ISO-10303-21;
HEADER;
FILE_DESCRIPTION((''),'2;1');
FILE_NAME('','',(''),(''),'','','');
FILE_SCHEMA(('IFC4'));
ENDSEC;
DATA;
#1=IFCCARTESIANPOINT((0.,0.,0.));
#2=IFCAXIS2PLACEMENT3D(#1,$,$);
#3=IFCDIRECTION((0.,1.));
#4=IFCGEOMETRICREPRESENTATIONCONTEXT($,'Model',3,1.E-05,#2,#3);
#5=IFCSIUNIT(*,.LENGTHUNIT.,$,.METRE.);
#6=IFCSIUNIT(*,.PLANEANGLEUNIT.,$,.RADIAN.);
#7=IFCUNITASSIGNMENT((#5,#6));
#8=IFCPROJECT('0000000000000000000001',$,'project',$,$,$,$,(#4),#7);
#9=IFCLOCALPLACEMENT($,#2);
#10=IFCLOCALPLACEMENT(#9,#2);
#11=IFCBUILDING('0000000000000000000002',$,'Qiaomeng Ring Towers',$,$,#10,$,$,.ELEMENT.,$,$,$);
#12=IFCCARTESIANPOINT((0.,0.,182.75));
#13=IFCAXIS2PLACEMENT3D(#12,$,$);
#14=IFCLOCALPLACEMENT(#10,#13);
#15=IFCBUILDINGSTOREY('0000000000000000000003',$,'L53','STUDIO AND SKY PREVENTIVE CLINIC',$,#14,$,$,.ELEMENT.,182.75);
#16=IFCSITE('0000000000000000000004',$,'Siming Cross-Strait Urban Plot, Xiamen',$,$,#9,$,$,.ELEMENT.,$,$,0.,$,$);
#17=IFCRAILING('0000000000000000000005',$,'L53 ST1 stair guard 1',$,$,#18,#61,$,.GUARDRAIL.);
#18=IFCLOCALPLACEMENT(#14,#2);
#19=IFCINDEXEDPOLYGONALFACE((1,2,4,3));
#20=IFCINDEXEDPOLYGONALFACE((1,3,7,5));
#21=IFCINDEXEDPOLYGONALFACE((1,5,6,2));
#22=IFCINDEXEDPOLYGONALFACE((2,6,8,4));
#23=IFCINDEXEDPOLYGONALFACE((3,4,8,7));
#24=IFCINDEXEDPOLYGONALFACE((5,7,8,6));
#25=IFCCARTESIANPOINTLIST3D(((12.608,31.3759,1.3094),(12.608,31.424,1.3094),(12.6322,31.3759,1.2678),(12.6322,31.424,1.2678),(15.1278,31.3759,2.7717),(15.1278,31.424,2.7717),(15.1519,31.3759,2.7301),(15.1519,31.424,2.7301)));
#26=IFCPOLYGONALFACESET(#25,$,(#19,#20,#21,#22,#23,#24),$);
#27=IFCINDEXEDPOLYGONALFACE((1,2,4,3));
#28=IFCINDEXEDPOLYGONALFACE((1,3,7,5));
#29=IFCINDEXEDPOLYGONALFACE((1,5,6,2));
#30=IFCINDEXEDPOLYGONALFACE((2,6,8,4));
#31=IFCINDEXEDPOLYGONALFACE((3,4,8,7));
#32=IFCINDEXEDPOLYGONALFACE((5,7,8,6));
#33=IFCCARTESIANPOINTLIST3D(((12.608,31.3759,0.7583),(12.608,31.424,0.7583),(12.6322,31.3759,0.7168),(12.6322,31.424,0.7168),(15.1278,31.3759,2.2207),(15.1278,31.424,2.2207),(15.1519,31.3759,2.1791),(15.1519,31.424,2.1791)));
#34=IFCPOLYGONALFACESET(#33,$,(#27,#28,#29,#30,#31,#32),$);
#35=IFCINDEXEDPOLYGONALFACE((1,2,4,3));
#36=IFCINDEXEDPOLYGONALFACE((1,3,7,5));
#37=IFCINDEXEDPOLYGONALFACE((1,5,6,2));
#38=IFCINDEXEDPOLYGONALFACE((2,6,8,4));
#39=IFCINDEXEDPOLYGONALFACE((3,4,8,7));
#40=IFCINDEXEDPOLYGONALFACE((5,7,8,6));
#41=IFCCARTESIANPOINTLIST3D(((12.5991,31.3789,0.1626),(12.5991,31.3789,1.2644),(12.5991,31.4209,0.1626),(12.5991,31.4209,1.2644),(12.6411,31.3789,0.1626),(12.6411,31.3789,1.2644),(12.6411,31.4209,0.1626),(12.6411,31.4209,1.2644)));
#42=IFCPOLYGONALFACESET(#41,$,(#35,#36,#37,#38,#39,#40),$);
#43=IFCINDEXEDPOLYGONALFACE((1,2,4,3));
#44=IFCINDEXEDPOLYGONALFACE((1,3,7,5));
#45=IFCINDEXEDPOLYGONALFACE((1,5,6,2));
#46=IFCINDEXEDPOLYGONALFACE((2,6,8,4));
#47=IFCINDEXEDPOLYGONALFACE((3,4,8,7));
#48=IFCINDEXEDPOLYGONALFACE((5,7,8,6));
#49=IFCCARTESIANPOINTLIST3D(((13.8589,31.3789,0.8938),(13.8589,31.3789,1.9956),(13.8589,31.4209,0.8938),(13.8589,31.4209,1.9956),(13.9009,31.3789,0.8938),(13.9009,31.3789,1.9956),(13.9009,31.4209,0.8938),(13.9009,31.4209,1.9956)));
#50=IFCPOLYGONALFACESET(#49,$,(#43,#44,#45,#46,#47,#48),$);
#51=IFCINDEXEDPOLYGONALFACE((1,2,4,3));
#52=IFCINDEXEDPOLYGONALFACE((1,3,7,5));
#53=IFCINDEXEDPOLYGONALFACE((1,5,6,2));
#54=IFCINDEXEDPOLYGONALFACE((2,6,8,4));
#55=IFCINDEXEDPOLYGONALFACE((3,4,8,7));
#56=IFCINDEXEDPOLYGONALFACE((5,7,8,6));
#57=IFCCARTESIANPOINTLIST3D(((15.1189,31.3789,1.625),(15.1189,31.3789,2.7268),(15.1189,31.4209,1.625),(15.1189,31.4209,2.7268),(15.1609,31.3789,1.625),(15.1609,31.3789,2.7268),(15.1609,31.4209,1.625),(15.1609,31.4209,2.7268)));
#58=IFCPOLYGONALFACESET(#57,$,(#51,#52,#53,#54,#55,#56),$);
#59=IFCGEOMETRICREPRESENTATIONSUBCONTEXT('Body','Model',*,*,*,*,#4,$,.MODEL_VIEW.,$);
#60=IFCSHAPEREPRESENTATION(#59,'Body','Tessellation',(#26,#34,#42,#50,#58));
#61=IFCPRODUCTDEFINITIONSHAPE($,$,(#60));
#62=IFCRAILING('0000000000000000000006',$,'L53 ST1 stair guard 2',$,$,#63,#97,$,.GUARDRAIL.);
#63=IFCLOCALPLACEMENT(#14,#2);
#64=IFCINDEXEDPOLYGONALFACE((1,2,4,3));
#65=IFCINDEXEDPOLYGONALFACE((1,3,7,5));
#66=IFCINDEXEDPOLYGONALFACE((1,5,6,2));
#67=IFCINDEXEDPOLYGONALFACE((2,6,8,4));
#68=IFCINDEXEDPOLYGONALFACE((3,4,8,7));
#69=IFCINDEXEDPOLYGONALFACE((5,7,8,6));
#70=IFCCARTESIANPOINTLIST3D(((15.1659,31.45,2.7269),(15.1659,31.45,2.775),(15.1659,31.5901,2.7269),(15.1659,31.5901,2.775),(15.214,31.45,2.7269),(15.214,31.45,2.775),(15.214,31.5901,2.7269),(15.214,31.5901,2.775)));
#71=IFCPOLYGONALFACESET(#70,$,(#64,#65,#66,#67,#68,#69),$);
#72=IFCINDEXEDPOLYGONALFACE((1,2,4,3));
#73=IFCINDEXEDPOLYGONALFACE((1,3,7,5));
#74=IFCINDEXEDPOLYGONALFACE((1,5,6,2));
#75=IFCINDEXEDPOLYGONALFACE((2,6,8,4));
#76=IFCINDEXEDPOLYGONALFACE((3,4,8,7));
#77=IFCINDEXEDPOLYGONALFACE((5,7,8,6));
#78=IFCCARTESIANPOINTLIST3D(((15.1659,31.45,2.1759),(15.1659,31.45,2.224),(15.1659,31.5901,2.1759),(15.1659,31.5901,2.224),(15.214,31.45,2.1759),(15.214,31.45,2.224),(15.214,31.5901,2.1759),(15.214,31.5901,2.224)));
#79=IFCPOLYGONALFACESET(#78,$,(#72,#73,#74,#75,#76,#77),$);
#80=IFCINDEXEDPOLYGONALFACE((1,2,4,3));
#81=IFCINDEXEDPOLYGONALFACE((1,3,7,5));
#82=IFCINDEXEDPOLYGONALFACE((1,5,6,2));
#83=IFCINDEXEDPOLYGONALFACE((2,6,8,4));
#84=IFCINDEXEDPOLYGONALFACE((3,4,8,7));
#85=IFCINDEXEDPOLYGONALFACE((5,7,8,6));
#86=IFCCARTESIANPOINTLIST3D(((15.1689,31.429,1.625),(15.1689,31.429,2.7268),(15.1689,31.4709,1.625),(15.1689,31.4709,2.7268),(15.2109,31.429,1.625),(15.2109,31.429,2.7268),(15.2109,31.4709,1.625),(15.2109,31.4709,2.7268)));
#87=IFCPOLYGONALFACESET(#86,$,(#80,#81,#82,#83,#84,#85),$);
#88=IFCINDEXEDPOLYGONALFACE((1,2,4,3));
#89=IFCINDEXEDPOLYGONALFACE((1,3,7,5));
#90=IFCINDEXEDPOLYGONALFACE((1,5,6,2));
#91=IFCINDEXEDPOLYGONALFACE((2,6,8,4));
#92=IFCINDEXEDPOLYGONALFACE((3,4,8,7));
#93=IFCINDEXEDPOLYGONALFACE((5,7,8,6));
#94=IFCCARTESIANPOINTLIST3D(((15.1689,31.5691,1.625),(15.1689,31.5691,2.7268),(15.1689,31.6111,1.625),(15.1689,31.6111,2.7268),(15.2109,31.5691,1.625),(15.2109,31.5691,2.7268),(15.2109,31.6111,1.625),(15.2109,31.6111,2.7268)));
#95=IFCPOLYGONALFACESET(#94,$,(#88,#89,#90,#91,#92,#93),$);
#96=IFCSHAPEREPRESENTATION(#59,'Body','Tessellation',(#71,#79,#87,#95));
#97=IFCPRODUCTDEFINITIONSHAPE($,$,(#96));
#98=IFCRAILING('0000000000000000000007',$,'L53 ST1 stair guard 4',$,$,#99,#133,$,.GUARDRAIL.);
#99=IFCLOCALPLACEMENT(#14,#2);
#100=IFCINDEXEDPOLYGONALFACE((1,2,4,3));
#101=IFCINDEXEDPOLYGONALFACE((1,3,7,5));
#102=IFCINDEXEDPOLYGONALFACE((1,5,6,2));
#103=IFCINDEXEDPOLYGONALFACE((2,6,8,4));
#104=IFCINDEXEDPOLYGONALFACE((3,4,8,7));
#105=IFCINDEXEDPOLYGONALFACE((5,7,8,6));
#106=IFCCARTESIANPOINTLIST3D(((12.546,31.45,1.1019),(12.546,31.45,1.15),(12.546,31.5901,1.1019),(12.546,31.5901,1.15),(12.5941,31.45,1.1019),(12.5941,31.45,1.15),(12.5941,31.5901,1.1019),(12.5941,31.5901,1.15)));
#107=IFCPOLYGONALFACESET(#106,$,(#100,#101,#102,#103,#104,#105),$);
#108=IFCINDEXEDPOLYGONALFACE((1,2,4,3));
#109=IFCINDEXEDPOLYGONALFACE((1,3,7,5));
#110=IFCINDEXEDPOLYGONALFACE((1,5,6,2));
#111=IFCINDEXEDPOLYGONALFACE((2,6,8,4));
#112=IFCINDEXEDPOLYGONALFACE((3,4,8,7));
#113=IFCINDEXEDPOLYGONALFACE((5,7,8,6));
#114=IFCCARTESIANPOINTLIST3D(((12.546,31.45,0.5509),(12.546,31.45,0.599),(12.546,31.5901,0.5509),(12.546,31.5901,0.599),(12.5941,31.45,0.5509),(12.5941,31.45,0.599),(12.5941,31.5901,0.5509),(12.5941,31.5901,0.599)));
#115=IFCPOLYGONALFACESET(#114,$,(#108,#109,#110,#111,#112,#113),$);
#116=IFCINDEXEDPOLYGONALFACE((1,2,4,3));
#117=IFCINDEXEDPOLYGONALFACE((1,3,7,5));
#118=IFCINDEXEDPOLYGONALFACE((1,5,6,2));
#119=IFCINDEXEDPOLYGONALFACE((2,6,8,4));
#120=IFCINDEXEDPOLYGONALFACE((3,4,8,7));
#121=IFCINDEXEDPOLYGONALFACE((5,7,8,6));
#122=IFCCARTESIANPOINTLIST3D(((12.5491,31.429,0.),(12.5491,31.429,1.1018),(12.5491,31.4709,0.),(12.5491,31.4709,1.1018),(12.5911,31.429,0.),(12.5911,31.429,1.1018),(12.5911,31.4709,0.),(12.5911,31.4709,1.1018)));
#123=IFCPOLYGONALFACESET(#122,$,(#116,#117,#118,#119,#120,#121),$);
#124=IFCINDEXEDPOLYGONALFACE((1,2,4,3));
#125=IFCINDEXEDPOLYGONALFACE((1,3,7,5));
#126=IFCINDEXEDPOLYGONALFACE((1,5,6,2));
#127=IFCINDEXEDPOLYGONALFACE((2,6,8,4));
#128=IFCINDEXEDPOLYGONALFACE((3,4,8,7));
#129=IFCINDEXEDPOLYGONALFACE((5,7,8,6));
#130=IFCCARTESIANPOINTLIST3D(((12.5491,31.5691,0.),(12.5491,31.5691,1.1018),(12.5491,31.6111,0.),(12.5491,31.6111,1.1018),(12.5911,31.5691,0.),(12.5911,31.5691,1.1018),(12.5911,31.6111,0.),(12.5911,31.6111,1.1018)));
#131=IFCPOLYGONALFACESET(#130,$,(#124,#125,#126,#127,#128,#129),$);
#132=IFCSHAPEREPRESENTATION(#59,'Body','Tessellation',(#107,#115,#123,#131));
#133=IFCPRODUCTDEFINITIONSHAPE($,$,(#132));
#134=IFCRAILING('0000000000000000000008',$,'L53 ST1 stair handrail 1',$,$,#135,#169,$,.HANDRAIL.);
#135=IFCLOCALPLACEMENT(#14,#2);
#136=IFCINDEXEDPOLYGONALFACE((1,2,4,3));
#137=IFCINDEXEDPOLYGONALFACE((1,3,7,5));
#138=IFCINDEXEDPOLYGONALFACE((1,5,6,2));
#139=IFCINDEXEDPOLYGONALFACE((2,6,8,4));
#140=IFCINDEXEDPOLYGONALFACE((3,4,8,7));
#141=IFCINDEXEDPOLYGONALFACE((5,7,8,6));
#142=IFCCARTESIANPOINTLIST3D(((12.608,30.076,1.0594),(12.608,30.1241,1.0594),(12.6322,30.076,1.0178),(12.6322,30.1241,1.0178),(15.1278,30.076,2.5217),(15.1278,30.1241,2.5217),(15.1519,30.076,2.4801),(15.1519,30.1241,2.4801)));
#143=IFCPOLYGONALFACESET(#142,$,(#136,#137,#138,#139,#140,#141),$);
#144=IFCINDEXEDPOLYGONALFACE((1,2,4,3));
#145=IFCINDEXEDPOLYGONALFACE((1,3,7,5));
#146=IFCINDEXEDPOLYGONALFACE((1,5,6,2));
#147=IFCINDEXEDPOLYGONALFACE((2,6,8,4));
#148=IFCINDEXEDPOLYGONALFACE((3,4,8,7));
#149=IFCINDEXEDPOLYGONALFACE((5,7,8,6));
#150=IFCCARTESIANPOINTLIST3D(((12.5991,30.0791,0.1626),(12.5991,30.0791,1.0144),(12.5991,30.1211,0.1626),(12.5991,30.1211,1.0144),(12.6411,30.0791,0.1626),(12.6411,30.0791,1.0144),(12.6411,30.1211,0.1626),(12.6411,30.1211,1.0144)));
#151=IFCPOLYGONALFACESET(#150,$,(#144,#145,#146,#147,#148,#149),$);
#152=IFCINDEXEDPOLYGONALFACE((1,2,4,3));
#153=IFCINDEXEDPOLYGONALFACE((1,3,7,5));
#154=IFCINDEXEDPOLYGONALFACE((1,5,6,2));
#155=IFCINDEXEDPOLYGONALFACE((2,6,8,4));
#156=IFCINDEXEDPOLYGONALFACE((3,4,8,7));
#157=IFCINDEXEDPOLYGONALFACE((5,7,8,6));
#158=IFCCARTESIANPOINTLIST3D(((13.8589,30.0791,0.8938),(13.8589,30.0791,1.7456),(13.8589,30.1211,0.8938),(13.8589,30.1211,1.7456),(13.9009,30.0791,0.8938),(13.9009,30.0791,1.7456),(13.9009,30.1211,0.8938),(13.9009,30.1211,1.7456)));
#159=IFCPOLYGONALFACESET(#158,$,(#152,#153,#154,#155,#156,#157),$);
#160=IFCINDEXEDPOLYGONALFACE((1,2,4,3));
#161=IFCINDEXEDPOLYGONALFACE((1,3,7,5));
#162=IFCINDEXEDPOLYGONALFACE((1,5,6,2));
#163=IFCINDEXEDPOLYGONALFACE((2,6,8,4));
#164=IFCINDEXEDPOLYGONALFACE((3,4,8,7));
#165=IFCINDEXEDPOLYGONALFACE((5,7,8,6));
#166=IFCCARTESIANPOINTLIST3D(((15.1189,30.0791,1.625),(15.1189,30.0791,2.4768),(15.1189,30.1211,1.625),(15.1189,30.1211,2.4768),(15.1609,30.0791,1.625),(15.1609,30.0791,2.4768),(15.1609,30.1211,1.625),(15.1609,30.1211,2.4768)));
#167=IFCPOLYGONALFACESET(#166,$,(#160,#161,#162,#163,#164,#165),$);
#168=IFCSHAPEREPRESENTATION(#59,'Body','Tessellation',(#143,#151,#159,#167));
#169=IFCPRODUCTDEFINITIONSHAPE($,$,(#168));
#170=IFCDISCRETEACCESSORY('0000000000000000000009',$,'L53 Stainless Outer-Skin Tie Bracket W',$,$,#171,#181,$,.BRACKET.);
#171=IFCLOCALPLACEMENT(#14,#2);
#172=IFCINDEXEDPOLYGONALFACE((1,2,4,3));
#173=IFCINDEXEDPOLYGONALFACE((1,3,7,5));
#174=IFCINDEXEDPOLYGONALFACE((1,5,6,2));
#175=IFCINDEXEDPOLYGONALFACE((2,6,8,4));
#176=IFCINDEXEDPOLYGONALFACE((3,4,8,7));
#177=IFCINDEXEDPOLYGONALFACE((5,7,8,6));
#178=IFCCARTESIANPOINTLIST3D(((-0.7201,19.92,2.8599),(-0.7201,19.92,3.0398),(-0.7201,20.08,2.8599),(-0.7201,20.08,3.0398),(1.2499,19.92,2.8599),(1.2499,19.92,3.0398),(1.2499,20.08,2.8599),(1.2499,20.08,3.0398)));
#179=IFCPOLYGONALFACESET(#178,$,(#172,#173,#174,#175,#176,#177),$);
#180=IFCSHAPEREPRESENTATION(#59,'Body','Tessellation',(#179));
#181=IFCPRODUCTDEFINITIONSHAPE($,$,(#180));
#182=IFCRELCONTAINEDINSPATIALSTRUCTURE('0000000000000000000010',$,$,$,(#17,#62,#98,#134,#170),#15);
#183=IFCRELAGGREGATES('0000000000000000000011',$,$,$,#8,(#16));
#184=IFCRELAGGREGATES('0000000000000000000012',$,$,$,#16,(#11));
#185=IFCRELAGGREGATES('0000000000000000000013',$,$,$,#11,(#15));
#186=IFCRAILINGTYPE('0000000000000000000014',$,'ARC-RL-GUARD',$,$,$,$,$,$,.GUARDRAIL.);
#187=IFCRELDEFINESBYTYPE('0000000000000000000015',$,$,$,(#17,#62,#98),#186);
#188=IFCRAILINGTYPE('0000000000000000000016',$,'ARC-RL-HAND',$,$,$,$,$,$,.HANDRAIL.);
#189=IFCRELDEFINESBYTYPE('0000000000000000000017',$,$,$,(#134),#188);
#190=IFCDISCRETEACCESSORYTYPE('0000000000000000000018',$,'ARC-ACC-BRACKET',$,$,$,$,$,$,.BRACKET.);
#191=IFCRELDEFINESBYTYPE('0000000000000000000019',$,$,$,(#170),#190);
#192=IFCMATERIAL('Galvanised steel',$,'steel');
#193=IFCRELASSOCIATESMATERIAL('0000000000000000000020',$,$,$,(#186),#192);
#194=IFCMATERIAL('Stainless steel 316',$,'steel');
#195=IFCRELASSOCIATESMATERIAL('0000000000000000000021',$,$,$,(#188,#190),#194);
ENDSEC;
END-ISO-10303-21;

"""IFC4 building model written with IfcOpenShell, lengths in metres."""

from ifc_helpers import new_model, si_unit, direction, frame, origin, origin_2d, place, context, subcontext, project, spatial, rectangle, extrude, source, transform, mapped, material, type_object, element, save


model = new_model("IFC4")

# Units and contexts
model_context = context("Model", 3, precision=1e-05, world=origin(), true_north=direction((0.0, 1.0)))
body_context = subcontext(model_context, "Body", "Model", "MODEL_VIEW")
ifc_project = project(units=[si_unit("LENGTHUNIT", "METRE"), si_unit("PLANEANGLEUNIT", "RADIAN")], contexts=[model_context])

# Site, building, storey
site_placement = place(None, origin())
site = spatial("IfcSite", under=ifc_project, at=site_placement, Name="Siming Cross-Strait Urban Plot, Xiamen", CompositionType="ELEMENT", RefElevation=0.0)
building_placement = place(site_placement, origin())
building = spatial("IfcBuilding", under=site, at=building_placement, Name="Qiaomeng Ring Towers", CompositionType="ELEMENT")
storey_placement = place(building_placement, frame((0.0, 0.0, 182.75)))
storey = spatial("IfcBuildingStorey", under=building, at=storey_placement, Name="L53", Description="STUDIO AND SKY PREVENTIVE CLINIC", CompositionType="ELEMENT", Elevation=182.75)

# Shared definitions
ifc_material_1 = material(Name="Stainless steel 316", Category="steel")

# Railings
ifc_material_2 = material(Name="Galvanised steel", Category="steel")
railing_type_1 = type_object("IfcRailingType", Name="ARC-RL-GUARD", PredefinedType="GUARDRAIL", material=ifc_material_2)
railing_1_placement = place(storey_placement, frame((12.6201, 31.3999, 0.1626)))
element("IfcRailing", 1, at=railing_1_placement, inside=storey, type_object=railing_type_1, Name="L53 ST1 stair guard 1", PredefinedType="GUARDRAIL", context=body_context, shape_type="SweptSolid", body=[
    extrude(rectangle(XDim=0.0481, YDim=0.0481, at=origin_2d()), frame((0.0, 0.0, 1.126), z_axis=(0.864892, 0.0, 0.501958), x_axis=(0.0, 1.0, 0.0)), (0.0, 0.0, 1.0), 2.9133),
    extrude(rectangle(XDim=0.0481, YDim=0.0481, at=origin_2d()), frame((0.0, 0.0, 0.575), z_axis=(0.864892, 0.0, 0.501958), x_axis=(0.0, 1.0, 0.0)), (0.0, 0.0, 1.0), 2.9133),
    extrude(rectangle(XDim=0.042, YDim=0.042, at=origin_2d()), origin(), (0.0, 0.0, 1.0), 1.1018),
    extrude(rectangle(XDim=0.042, YDim=0.042, at=origin_2d()), frame((1.2598, 0.0, 0.7312)), (0.0, 0.0, 1.0), 1.1018),
    extrude(rectangle(XDim=0.042, YDim=0.042, at=origin_2d()), frame((2.5198, 0.0, 1.4624)), (0.0, 0.0, 1.0), 1.1018),
])
for number, where, name in (
    (2, (15.1899, 31.45, 1.625), "L53 ST1 stair guard 2"),
    (3, (12.5701, 31.45, 0.0), "L53 ST1 stair guard 4"),
):
    element("IfcRailing", number, at=place(storey_placement, frame(where)), inside=storey, type_object=railing_type_1, Name=name, PredefinedType="GUARDRAIL", context=body_context, shape_type="SweptSolid", body=[
        extrude(rectangle(XDim=0.0481, YDim=0.0481, at=origin_2d()), frame((0.0, 0.0, 1.126), z_axis=(0.0, 1.0, 0.0), x_axis=(-1.0, 0.0, 0.0)), (0.0, 0.0, 1.0), 0.1401),
        extrude(rectangle(XDim=0.0481, YDim=0.0481, at=origin_2d()), frame((0.0, 0.0, 0.575), z_axis=(0.0, 1.0, 0.0), x_axis=(-1.0, 0.0, 0.0)), (0.0, 0.0, 1.0), 0.1401),
        extrude(rectangle(XDim=0.042, YDim=0.042, at=origin_2d()), origin(), (0.0, 0.0, 1.0), 1.1018),
        extrude(rectangle(XDim=0.042, YDim=0.042, at=origin_2d()), frame((0.0, 0.1401, 0.0)), (0.0, 0.0, 1.0), 1.1018),
    ])
railing_type_2 = type_object("IfcRailingType", Name="ARC-RL-HAND", PredefinedType="HANDRAIL", material=ifc_material_1)
railing_2_placement = place(storey_placement, frame((12.6201, 30.1001, 0.1626)))
element("IfcRailing", 4, at=railing_2_placement, inside=storey, type_object=railing_type_2, Name="L53 ST1 stair handrail 1", PredefinedType="HANDRAIL", context=body_context, shape_type="SweptSolid", body=[
    extrude(rectangle(XDim=0.0481, YDim=0.0481, at=origin_2d()), frame((0.0, 0.0, 0.876), z_axis=(0.864892, 0.0, 0.501958), x_axis=(0.0, 1.0, 0.0)), (0.0, 0.0, 1.0), 2.9133),
    extrude(rectangle(XDim=0.042, YDim=0.042, at=origin_2d()), origin(), (0.0, 0.0, 1.0), 0.8518),
    extrude(rectangle(XDim=0.042, YDim=0.042, at=origin_2d()), frame((1.2598, 0.0, 0.7312)), (0.0, 0.0, 1.0), 0.8518),
    extrude(rectangle(XDim=0.042, YDim=0.042, at=origin_2d()), frame((2.5198, 0.0, 1.4624)), (0.0, 0.0, 1.0), 0.8518),
])

# Discrete accessory
discrete_accessory_type = type_object("IfcDiscreteAccessoryType", Name="ARC-ACC-BRACKET", PredefinedType="BRACKET", material=ifc_material_1)
shared_shape_1 = source(origin(), body_context, "Body", "SweptSolid", [
    extrude(rectangle(XDim=1.97, YDim=0.1599, at=origin_2d()), origin(), (0.0, 0.0, 1.0), 0.1799),
])
discrete_accessory_placement = place(storey_placement, frame((0.2649, 20.0, 2.8599), z_axis=(0.0, 0.0, 1.0), x_axis=(1.0, 0.0, 0.0)))
element("IfcDiscreteAccessory", 5, at=discrete_accessory_placement, inside=storey, type_object=discrete_accessory_type, Name="L53 Stainless Outer-Skin Tie Bracket W", PredefinedType="BRACKET", context=body_context, shape_type="MappedRepresentation", body=[
    mapped(shared_shape_1, transform((0.0, 0.0, 0.0), x_axis=(1.0, 0.0, 0.0), y_axis=(0.0, 1.0, 0.0), z_axis=(0.0, 0.0, 1.0), scale=1.0)),
])

save(model, "model.ifc")
